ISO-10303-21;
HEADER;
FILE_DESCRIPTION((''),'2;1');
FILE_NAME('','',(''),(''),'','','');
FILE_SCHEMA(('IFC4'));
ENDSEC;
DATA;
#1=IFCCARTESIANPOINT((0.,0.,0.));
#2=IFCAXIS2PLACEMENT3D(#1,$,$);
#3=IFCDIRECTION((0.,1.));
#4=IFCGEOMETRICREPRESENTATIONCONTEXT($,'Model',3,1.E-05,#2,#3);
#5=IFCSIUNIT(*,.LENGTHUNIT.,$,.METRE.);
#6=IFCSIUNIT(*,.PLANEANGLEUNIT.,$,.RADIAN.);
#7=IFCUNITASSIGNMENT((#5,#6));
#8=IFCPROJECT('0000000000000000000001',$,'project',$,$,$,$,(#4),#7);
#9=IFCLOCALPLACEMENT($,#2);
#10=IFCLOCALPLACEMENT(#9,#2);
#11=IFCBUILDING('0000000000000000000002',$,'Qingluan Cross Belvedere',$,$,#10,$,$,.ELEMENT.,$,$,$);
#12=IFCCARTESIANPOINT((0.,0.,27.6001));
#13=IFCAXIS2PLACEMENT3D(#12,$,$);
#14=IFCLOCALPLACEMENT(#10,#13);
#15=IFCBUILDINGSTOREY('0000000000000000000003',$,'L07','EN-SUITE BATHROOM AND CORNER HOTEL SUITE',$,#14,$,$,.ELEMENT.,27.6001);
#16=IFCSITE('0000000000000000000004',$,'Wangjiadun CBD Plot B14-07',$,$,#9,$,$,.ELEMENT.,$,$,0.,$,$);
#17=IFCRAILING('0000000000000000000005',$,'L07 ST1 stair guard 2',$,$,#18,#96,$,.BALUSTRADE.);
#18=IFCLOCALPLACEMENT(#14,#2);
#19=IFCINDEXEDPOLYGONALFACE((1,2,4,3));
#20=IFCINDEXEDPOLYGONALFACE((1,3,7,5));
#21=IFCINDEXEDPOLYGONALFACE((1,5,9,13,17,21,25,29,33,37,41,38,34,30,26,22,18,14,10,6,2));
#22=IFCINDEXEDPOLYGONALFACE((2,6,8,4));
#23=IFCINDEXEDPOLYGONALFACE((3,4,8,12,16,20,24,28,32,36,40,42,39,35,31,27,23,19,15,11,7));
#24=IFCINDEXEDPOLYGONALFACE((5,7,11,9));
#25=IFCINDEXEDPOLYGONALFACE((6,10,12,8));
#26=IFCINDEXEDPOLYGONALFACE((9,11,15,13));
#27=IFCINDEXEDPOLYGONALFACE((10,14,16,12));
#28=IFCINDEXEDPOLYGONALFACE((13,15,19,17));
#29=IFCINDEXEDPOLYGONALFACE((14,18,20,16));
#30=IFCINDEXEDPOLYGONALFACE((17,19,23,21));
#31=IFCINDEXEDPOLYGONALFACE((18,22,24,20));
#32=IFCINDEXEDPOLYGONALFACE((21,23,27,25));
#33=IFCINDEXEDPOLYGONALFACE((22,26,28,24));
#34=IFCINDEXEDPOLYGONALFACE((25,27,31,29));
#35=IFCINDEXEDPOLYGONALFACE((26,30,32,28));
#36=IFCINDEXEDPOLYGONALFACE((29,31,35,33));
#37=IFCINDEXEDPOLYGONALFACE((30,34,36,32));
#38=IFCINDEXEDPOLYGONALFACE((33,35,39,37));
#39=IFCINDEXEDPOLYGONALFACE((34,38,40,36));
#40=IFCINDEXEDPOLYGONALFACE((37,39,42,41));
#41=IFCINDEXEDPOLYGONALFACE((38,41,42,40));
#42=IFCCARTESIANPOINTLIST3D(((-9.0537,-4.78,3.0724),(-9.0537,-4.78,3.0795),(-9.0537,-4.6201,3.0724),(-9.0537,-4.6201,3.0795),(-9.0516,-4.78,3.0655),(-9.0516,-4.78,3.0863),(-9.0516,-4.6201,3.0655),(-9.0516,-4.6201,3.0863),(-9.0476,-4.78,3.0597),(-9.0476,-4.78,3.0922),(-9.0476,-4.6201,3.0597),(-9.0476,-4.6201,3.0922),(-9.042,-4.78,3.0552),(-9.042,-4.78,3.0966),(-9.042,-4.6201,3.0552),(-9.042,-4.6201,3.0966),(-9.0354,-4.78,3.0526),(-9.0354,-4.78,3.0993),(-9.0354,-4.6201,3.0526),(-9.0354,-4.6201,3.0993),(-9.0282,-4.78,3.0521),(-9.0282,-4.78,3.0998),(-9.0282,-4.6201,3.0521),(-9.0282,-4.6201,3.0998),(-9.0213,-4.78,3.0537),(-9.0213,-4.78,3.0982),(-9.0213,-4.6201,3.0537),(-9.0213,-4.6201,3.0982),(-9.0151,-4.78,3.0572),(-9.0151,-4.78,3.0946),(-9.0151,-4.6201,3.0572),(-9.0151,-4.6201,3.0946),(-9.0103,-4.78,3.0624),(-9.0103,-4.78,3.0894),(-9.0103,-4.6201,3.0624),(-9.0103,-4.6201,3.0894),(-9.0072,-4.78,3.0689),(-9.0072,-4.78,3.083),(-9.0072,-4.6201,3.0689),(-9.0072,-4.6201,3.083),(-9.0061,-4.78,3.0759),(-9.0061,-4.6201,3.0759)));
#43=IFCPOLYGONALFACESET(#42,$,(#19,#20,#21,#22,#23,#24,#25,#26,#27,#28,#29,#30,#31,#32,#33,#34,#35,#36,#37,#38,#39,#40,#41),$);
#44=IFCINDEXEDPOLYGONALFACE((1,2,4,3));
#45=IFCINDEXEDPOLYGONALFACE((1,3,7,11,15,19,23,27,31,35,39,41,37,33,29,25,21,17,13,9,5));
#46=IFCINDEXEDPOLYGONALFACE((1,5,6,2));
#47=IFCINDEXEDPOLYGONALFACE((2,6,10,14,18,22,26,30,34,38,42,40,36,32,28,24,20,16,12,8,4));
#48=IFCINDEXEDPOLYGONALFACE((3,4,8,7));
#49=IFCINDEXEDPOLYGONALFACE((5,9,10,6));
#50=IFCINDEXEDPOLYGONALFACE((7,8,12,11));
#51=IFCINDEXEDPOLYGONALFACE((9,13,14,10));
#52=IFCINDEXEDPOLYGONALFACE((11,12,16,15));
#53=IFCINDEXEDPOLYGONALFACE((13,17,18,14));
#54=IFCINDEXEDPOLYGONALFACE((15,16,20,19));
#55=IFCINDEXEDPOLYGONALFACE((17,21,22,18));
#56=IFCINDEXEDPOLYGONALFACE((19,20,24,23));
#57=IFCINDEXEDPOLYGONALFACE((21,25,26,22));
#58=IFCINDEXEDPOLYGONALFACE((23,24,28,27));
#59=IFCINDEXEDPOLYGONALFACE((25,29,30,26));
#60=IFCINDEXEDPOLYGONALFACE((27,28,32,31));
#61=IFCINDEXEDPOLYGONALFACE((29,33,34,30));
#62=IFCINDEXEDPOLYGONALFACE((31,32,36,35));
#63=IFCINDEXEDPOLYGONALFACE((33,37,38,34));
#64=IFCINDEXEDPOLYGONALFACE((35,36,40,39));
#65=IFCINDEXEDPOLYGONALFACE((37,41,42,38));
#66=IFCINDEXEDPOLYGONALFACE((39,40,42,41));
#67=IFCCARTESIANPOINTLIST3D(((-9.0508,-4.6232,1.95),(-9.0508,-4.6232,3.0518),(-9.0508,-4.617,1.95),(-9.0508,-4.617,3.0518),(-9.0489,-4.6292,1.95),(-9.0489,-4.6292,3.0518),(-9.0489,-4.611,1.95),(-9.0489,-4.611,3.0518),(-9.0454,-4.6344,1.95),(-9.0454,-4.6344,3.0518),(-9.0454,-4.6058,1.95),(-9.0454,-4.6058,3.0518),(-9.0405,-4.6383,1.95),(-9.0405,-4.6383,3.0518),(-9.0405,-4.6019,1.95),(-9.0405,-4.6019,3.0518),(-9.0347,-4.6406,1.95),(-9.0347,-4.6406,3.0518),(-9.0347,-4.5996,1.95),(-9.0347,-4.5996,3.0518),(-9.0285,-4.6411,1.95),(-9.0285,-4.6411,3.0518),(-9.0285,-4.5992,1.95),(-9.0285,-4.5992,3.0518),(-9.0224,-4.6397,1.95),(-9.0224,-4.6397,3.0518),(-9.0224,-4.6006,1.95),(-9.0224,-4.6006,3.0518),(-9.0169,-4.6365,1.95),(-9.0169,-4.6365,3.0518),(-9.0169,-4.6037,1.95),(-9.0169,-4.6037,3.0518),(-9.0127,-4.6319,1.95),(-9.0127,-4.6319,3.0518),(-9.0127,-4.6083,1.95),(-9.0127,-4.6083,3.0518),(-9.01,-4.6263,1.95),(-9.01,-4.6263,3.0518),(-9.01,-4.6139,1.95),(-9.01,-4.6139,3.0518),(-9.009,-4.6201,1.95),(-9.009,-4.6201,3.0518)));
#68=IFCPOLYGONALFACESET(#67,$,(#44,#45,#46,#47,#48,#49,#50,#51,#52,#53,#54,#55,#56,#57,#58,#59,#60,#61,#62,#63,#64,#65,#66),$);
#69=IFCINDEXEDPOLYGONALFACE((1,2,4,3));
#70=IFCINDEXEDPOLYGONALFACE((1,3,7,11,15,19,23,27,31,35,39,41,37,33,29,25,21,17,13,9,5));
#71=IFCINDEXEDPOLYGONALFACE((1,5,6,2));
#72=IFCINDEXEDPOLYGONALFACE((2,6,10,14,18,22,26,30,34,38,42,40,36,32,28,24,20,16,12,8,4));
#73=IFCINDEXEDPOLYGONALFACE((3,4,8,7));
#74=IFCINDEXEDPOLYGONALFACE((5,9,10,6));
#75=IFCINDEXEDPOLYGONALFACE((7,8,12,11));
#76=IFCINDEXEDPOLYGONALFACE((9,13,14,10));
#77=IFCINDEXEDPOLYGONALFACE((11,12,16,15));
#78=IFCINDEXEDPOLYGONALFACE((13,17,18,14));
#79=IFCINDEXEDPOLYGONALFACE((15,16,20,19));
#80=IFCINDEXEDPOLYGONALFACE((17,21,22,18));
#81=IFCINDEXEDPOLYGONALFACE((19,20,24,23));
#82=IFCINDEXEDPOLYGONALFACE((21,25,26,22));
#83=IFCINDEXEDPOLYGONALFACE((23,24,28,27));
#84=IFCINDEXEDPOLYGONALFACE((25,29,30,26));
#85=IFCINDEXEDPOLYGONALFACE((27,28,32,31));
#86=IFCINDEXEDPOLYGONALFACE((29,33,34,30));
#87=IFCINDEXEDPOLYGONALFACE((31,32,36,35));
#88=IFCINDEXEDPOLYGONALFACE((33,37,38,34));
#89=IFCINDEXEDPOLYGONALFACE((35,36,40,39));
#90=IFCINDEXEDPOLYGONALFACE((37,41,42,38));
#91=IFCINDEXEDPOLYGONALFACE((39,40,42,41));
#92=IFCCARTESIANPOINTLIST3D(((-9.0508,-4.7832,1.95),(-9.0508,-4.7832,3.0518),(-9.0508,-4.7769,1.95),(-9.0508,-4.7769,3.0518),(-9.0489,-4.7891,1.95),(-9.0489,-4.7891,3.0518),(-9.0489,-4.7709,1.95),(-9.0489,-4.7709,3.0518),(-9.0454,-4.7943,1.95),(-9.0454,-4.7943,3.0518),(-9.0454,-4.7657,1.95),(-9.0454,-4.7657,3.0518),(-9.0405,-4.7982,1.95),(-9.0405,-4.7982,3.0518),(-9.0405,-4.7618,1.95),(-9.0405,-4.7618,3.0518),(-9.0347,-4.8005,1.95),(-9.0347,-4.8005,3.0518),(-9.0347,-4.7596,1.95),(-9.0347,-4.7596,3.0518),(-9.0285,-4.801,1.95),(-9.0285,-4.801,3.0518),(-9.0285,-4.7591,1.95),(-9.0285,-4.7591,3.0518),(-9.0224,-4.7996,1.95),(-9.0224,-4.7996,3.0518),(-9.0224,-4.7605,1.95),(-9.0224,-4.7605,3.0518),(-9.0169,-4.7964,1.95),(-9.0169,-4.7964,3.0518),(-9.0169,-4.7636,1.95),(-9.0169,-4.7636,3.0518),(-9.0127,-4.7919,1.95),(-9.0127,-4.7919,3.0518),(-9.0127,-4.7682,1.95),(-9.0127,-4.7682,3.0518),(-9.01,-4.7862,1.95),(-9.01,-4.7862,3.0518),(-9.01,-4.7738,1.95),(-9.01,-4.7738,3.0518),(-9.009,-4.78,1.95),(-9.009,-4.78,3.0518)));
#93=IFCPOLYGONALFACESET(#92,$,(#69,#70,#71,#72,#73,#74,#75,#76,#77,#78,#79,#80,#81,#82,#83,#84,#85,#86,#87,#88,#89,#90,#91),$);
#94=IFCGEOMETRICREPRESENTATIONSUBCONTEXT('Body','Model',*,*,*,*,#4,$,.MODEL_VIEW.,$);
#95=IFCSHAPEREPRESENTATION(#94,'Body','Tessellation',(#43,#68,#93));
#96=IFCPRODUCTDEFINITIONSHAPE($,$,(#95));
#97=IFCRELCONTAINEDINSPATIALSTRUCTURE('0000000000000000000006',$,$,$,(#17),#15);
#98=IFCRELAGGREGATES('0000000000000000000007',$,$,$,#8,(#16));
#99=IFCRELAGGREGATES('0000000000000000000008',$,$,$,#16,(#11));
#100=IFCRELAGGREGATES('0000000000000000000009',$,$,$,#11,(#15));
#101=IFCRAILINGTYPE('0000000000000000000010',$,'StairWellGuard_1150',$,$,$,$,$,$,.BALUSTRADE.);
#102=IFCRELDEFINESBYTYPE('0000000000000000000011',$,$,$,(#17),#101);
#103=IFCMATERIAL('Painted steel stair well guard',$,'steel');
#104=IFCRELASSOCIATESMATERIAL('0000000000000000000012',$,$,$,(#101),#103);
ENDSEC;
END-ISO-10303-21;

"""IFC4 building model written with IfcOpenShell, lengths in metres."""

from ifc_helpers import new_model, si_unit, direction, frame, origin, origin_2d, place, context, subcontext, project, spatial, circle, extrude, material, type_object, element, save


model = new_model("IFC4")

# Units and contexts
model_context = context("Model", 3, precision=1e-05, world=origin(), true_north=direction((0.0, 1.0)))
body_context = subcontext(model_context, "Body", "Model", "MODEL_VIEW")
ifc_project = project(units=[si_unit("LENGTHUNIT", "METRE"), si_unit("PLANEANGLEUNIT", "RADIAN")], contexts=[model_context])

# Site, building, storey
site_placement = place(None, origin())
site = spatial("IfcSite", under=ifc_project, at=site_placement, Name="Wangjiadun CBD Plot B14-07", CompositionType="ELEMENT", RefElevation=0.0)
building_placement = place(site_placement, origin())
building = spatial("IfcBuilding", under=site, at=building_placement, Name="Qingluan Cross Belvedere", CompositionType="ELEMENT")
storey_placement = place(building_placement, frame((0.0, 0.0, 27.6001)))
storey = spatial("IfcBuildingStorey", under=building, at=storey_placement, Name="L07", Description="EN-SUITE BATHROOM AND CORNER HOTEL SUITE", CompositionType="ELEMENT", Elevation=27.6001)

# Railing
ifc_material_1 = material(Name="Painted steel stair well guard", Category="steel")
railing_type_1 = type_object("IfcRailingType", Name="StairWellGuard_1150", PredefinedType="BALUSTRADE", material=ifc_material_1)
railing_1_placement = place(storey_placement, frame((-9.03, -4.6201, 1.95)))
element("IfcRailing", 1, at=railing_1_placement, inside=storey, type_object=railing_type_1, Name="L07 ST1 stair guard 2", PredefinedType="BALUSTRADE", context=body_context, shape_type="SweptSolid", body=[
    extrude(circle(Radius=0.0239, at=origin_2d()), frame((0.0, 0.0, 1.126), z_axis=(0.0, -1.0, 0.0), x_axis=(1.0, 0.0, 0.0)), (0.0, 0.0, 1.0), 0.1599),
    extrude(circle(Radius=0.021, at=origin_2d()), origin(), (0.0, 0.0, 1.0), 1.1018),
    extrude(circle(Radius=0.021, at=origin_2d()), frame((0.0, -0.1599, 0.0)), (0.0, 0.0, 1.0), 1.1018),
])

save(model, "model.ifc")
